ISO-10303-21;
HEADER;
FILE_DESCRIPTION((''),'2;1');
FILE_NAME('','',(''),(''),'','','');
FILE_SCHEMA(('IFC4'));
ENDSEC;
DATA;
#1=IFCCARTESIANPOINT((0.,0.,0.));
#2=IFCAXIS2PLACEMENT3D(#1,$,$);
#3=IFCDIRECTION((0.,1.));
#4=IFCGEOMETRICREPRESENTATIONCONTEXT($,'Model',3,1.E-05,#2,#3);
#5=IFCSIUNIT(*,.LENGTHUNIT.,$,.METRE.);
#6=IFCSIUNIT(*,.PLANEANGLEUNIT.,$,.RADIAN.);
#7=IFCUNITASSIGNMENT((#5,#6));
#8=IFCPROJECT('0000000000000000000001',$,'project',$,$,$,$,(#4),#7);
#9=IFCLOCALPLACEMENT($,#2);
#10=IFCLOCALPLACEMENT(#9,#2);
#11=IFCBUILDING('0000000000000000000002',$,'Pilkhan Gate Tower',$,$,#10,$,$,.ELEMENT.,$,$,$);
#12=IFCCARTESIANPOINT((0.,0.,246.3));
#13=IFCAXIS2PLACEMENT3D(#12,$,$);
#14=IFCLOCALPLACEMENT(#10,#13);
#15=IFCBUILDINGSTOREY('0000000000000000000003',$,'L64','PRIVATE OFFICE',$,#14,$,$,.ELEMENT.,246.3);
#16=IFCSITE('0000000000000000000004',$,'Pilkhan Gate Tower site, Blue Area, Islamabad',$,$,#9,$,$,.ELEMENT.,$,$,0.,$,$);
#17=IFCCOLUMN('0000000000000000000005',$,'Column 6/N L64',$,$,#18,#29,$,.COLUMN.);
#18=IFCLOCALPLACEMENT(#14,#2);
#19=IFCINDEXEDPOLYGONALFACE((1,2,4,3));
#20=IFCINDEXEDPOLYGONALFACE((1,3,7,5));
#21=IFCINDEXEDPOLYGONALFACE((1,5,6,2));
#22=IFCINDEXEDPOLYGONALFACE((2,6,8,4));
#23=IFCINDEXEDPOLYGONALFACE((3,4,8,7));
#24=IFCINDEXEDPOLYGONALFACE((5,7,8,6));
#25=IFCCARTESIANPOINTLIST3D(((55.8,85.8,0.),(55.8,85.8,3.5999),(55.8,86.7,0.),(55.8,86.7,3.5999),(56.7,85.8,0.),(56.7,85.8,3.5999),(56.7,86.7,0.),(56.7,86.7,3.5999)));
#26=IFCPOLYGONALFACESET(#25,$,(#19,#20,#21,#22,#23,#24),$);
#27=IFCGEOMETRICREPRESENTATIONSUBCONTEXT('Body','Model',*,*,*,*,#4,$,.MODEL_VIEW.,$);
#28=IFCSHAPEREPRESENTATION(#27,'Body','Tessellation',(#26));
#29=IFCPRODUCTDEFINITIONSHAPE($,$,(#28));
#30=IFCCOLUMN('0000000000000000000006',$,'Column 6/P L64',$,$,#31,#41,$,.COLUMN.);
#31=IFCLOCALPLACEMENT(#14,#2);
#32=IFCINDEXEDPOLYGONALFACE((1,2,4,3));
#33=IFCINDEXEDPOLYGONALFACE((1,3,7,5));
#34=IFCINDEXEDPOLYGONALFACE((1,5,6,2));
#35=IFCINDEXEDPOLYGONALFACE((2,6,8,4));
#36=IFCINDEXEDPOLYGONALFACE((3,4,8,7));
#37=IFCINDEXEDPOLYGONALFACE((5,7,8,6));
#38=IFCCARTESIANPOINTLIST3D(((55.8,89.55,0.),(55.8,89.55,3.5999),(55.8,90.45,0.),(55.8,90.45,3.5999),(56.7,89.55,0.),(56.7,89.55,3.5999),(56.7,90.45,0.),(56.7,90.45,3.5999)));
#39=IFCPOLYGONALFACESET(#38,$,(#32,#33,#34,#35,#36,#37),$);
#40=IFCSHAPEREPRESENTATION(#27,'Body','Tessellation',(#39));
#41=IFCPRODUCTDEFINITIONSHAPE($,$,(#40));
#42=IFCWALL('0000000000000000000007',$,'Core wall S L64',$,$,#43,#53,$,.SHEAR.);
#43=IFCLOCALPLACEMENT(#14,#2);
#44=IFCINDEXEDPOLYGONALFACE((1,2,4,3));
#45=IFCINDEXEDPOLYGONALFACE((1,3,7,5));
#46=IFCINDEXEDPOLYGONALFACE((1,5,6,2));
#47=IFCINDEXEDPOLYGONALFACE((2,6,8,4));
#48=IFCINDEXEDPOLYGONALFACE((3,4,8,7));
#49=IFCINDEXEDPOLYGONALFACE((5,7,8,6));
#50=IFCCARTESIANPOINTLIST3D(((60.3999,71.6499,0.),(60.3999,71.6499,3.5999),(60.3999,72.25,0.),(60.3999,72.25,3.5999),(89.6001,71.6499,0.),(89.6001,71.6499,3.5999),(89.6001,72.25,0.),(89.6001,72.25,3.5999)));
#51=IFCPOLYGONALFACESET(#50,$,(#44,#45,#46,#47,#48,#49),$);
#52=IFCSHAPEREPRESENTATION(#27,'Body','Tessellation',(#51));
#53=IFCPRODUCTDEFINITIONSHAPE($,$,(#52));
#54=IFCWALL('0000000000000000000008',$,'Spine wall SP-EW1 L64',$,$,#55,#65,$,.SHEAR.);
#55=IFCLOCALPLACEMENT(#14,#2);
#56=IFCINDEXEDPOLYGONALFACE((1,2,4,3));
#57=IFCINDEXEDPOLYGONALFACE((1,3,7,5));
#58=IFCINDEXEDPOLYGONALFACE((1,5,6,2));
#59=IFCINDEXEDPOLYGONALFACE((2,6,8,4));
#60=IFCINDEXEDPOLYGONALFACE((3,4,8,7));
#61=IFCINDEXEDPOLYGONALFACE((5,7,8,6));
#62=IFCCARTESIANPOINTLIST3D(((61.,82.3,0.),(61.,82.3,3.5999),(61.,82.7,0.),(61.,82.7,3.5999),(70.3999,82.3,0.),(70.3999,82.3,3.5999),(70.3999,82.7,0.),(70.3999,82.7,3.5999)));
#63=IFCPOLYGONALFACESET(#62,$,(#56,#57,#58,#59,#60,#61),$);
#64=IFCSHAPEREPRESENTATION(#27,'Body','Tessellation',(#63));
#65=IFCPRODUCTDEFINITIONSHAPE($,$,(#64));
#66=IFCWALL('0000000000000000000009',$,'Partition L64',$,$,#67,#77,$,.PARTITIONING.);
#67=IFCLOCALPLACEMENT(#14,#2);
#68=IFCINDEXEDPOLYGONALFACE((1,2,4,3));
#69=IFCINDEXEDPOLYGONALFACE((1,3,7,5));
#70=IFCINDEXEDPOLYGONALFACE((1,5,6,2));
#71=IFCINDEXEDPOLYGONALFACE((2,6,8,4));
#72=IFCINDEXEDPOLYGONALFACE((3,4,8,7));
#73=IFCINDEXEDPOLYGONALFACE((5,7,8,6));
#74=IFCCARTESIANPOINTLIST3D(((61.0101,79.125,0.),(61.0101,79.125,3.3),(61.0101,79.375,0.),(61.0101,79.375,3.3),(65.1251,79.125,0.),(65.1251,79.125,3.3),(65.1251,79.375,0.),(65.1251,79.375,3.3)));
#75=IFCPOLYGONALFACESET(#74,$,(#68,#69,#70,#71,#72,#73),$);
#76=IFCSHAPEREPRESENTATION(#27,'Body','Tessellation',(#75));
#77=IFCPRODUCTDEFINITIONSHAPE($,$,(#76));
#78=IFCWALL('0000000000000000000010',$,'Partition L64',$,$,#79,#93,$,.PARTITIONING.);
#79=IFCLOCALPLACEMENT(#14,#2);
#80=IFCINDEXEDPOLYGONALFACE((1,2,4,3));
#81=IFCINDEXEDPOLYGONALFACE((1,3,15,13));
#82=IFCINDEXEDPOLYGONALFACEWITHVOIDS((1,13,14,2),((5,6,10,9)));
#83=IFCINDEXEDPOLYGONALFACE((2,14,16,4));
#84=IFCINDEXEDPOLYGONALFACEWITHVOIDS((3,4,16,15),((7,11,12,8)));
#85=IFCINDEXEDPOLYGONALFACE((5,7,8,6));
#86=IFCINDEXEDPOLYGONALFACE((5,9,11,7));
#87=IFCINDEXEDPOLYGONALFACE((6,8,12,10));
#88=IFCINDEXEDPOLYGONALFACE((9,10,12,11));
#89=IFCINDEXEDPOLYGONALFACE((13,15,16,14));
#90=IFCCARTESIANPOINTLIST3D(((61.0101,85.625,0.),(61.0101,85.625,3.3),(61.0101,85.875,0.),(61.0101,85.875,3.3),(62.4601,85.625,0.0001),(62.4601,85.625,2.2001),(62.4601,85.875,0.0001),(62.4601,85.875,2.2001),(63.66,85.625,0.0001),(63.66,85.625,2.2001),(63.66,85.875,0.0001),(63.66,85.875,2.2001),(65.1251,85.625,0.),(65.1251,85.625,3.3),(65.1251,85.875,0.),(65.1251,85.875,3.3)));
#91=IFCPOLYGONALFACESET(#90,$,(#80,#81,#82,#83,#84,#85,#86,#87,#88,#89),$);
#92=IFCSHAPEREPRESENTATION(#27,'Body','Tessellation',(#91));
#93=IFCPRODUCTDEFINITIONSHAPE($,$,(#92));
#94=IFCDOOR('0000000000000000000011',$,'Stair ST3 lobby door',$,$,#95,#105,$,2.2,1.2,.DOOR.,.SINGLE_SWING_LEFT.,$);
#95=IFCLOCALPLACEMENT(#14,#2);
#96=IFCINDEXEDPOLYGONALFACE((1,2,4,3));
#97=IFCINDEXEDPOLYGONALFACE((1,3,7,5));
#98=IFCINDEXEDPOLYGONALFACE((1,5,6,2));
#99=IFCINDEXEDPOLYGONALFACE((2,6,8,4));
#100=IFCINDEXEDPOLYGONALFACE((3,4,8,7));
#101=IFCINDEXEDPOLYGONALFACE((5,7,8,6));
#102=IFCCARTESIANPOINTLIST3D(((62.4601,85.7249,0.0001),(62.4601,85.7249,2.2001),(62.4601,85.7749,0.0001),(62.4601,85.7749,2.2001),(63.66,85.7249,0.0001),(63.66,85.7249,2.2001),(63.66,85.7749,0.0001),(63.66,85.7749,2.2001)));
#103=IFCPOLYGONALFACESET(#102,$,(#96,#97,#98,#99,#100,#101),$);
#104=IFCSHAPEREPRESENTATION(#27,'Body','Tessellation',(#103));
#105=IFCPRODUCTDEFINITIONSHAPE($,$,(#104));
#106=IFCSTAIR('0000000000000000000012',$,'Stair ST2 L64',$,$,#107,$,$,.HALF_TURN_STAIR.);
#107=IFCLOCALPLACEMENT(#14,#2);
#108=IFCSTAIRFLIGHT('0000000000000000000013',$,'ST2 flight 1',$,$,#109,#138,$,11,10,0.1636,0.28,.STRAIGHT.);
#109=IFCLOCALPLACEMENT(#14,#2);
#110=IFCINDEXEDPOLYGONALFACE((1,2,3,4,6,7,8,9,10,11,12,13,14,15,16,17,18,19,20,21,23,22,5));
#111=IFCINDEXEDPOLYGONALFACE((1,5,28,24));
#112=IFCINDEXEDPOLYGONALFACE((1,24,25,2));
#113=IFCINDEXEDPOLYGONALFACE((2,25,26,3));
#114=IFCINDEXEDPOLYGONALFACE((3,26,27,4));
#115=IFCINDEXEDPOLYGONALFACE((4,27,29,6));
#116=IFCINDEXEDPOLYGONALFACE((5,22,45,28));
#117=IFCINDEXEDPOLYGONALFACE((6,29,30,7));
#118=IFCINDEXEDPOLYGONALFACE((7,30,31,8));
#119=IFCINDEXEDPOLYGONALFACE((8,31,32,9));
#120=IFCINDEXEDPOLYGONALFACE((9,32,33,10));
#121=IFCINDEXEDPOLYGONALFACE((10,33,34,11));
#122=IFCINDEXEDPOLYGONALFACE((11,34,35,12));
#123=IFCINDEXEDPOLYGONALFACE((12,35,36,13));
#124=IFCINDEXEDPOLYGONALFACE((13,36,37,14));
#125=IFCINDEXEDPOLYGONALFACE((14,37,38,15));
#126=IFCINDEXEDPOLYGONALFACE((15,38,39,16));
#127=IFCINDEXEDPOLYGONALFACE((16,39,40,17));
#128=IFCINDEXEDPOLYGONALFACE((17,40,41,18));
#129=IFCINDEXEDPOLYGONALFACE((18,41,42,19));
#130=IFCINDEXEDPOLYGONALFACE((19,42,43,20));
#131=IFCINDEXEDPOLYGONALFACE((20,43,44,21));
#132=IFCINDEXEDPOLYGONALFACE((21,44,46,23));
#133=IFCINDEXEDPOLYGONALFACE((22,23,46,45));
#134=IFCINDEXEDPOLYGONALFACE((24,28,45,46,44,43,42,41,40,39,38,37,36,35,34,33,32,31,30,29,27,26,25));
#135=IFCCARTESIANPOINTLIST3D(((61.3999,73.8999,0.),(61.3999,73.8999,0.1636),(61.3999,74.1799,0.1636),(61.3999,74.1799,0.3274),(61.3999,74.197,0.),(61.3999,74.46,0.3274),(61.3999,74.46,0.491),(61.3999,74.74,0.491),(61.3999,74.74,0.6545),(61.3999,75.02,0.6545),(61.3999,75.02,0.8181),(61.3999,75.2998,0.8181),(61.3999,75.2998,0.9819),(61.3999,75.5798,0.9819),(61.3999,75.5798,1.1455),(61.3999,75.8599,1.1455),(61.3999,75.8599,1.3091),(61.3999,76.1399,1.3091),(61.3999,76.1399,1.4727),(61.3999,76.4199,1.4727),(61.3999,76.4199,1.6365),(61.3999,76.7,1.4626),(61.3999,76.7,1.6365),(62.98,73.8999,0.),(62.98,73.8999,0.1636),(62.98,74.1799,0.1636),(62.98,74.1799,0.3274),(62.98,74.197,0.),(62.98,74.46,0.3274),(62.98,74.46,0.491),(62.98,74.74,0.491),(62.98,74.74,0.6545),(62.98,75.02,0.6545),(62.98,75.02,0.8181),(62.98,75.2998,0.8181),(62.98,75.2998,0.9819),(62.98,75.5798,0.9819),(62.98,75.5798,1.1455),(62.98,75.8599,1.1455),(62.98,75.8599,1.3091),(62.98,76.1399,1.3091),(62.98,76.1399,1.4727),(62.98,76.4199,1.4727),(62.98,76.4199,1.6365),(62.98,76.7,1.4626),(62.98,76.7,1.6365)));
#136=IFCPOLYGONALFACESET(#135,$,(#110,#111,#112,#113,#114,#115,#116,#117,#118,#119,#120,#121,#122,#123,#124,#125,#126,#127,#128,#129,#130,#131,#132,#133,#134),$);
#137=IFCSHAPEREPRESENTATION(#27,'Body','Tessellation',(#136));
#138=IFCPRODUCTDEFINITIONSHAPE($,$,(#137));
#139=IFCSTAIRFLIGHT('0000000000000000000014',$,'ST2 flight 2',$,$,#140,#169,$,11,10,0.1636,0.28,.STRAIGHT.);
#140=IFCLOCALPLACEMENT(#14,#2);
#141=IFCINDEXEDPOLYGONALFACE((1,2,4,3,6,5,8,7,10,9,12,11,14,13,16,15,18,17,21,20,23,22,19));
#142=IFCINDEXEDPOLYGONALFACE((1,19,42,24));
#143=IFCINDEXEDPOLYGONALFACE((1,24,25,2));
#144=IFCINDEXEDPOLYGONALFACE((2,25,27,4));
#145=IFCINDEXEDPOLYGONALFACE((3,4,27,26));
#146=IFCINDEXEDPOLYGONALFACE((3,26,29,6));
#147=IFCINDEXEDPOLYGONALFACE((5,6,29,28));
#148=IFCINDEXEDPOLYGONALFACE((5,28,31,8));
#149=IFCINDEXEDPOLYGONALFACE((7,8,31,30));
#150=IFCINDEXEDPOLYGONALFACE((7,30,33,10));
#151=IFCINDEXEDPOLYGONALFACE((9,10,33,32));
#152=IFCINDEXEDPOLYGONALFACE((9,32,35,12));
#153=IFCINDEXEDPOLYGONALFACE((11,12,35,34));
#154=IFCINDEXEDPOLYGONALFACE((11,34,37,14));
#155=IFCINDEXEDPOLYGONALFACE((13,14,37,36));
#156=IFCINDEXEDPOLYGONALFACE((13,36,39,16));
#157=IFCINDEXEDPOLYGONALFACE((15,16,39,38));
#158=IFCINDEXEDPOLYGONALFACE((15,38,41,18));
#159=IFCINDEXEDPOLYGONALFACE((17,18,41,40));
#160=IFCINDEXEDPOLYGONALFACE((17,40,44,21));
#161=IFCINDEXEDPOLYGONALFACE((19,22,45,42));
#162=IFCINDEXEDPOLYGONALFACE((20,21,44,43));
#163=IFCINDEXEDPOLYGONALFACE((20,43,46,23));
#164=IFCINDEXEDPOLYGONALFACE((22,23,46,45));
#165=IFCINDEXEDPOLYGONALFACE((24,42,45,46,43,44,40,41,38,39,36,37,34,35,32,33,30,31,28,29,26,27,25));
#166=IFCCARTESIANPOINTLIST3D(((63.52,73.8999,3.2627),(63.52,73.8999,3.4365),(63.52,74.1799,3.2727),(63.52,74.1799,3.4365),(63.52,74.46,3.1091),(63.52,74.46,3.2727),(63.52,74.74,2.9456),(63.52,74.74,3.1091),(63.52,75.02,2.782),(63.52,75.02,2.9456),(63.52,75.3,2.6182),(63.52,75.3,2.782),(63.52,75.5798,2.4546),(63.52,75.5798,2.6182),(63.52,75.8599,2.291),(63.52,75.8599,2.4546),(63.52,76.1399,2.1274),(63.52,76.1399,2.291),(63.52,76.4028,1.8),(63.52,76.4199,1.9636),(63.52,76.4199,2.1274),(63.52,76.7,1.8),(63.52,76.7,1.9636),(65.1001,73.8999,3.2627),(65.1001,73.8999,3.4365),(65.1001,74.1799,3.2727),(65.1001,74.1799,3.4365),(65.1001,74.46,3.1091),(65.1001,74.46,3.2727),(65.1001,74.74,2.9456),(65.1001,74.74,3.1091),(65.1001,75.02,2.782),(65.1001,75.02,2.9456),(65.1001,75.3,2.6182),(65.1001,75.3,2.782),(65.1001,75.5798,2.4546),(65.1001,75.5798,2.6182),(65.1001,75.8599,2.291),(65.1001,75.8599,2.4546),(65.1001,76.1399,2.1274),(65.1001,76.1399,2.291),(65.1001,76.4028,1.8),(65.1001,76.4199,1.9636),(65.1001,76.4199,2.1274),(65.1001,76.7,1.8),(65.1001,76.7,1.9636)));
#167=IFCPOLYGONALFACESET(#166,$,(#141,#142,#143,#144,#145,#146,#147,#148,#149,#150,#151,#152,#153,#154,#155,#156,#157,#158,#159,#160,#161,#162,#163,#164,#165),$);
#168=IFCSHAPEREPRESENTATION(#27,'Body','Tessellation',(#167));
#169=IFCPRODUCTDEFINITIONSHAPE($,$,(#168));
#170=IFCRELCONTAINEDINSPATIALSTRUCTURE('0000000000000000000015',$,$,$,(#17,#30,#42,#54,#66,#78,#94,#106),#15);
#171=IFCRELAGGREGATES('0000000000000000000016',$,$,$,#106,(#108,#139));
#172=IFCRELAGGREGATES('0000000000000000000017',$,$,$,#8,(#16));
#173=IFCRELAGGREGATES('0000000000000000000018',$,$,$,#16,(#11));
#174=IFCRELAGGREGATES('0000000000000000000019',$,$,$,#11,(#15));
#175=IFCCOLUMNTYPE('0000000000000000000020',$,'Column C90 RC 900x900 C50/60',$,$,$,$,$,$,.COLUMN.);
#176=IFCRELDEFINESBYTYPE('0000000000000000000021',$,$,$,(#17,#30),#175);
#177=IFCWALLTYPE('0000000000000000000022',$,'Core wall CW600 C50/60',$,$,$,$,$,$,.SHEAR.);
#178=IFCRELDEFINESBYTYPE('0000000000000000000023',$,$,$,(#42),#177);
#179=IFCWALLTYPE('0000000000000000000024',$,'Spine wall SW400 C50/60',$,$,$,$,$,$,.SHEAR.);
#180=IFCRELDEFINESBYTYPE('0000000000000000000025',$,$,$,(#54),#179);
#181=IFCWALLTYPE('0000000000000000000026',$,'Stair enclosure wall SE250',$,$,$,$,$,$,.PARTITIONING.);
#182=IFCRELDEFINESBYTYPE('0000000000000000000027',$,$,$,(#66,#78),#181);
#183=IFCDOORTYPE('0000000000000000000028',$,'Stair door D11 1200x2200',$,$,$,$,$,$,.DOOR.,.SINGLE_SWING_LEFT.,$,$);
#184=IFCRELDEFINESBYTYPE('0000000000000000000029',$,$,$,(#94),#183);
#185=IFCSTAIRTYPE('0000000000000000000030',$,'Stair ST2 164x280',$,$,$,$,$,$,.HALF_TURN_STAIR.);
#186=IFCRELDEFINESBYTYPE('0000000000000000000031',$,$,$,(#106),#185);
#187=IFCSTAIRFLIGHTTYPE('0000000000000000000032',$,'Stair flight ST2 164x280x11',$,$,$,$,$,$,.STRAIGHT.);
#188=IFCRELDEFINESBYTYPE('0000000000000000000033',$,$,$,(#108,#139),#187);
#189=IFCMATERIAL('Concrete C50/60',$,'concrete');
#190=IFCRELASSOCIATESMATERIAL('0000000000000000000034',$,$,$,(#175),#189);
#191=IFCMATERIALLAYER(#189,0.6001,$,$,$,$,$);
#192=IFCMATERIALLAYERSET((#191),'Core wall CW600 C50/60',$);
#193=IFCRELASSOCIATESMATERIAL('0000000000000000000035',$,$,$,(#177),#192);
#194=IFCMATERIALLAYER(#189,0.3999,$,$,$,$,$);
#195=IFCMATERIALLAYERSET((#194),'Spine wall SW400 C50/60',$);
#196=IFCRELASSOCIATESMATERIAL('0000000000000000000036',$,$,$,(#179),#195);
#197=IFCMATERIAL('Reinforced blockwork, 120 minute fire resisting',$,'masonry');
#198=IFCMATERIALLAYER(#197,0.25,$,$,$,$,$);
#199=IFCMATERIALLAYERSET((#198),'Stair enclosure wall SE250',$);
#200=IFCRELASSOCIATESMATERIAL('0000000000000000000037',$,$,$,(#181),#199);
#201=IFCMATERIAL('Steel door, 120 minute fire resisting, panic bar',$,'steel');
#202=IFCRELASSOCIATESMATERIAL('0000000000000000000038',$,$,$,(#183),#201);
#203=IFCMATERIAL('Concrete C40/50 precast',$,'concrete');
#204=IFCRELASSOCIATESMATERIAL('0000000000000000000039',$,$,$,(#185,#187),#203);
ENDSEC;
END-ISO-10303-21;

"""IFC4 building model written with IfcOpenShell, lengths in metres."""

from ifc_helpers import new_model, si_unit, direction, frame, frame_2d, origin, origin_2d, place, context, subcontext, project, spatial, polyline, rectangle, outline, extrude, material, layer, layer_set, material_profile, profile_set, type_object, element, fill, aggregate, save


model = new_model("IFC4")

# Units and contexts
model_context = context("Model", 3, precision=1e-05, world=origin(), true_north=direction((0.0, 1.0)))
body_context = subcontext(model_context, "Body", "Model", "MODEL_VIEW")
ifc_project = project(units=[si_unit("LENGTHUNIT", "METRE"), si_unit("PLANEANGLEUNIT", "RADIAN")], contexts=[model_context])

# Site, building, storey
site_placement = place(None, origin())
site = spatial("IfcSite", under=ifc_project, at=site_placement, Name="Pilkhan Gate Tower site, Blue Area, Islamabad", CompositionType="ELEMENT", RefElevation=0.0)
building_placement = place(site_placement, origin())
building = spatial("IfcBuilding", under=site, at=building_placement, Name="Pilkhan Gate Tower", CompositionType="ELEMENT")
storey_placement = place(building_placement, frame((0.0, 0.0, 246.3)))
storey = spatial("IfcBuildingStorey", under=building, at=storey_placement, Name="L64", Description="PRIVATE OFFICE", CompositionType="ELEMENT", Elevation=246.3)

# Columns
ifc_material_1 = material(Name="Concrete C50/60", Category="concrete")
ifc_material_profile = material_profile(ifc_material_1, rectangle(XDim=0.8999, YDim=0.8999, at=origin_2d()), Name="RC 900x900")
ifc_profile_set = profile_set([ifc_material_profile], Name="Concrete C50/60")
column_type = type_object("IfcColumnType", Name="Column C90 RC 900x900 C50/60", PredefinedType="COLUMN", material=ifc_profile_set)
for number, where, z_axis, x_axis, name in (
    (1, (56.25, 86.25, 0.0), (0.0, 0.0, 1.0), (1.0, 0.0, 0.0), "Column 6/N L64"),
    (2, (56.25, 90.0, 0.0), (0.0, 0.0, 1.0), (1.0, 0.0, 0.0), "Column 6/P L64"),
):
    element("IfcColumn", number, at=place(storey_placement, frame(where, z_axis=z_axis, x_axis=x_axis)), inside=storey, type_object=column_type, Name=name, PredefinedType="COLUMN", context=body_context, shape_type="SweptSolid", body=[
        extrude(rectangle(XDim=0.8999, YDim=0.8999, at=origin_2d()), origin(), (0.0, 0.0, 1.0), 3.5999),
    ])

# Walls
ifc_layer_1 = layer(ifc_material_1, 0.6001)
ifc_layer_set_1 = layer_set([ifc_layer_1], Name="Core wall CW600 C50/60")
wall_type_1 = type_object("IfcWallType", Name="Core wall CW600 C50/60", PredefinedType="SHEAR", material=ifc_layer_set_1)
wall_1_placement = place(storey_placement, frame((60.3999, 71.95, 0.0), z_axis=(0.0, 0.0, 1.0), x_axis=(1.0, 0.0, 0.0)))
element("IfcWall", 3, at=wall_1_placement, inside=storey, type_object=wall_type_1, Name="Core wall S L64", PredefinedType="SHEAR", context=body_context, shape_type="SweptSolid", body=[
    extrude(rectangle(XDim=29.2002, YDim=0.6001, at=frame_2d((14.6001, 0.0))), origin(), (0.0, 0.0, 1.0), 3.5999),
])
ifc_layer_2 = layer(ifc_material_1, 0.3999)
ifc_layer_set_2 = layer_set([ifc_layer_2], Name="Spine wall SW400 C50/60")
wall_type_2 = type_object("IfcWallType", Name="Spine wall SW400 C50/60", PredefinedType="SHEAR", material=ifc_layer_set_2)
wall_2_placement = place(storey_placement, frame((61.0, 82.5, 0.0), z_axis=(0.0, 0.0, 1.0), x_axis=(1.0, 0.0, 0.0)))
element("IfcWall", 4, at=wall_2_placement, inside=storey, type_object=wall_type_2, Name="Spine wall SP-EW1 L64", PredefinedType="SHEAR", context=body_context, shape_type="SweptSolid", body=[
    extrude(rectangle(XDim=9.3999, YDim=0.3999, at=frame_2d((4.7, 0.0))), origin(), (0.0, 0.0, 1.0), 3.5999),
])
ifc_material_2 = material(Name="Reinforced blockwork, 120 minute fire resisting", Category="masonry")
ifc_layer_3 = layer(ifc_material_2, 0.25)
ifc_layer_set_3 = layer_set([ifc_layer_3], Name="Stair enclosure wall SE250")
wall_type_3 = type_object("IfcWallType", Name="Stair enclosure wall SE250", PredefinedType="PARTITIONING", material=ifc_layer_set_3)
wall_3_placement = place(storey_placement, frame((61.01, 79.25, 0.0), z_axis=(0.0, 0.0, 1.0), x_axis=(1.0, 0.0, 0.0)))
element("IfcWall", 5, at=wall_3_placement, inside=storey, type_object=wall_type_3, Name="Partition L64", PredefinedType="PARTITIONING", context=body_context, shape_type="SweptSolid", body=[
    extrude(rectangle(XDim=4.115, YDim=0.25, at=frame_2d((2.0576, 0.0))), origin(), (0.0, 0.0, 1.0), 3.3),
])

# Wall, opening, door
wall_4_placement = place(storey_placement, frame((61.01, 85.75, 0.0), z_axis=(0.0, 0.0, 1.0), x_axis=(1.0, 0.0, 0.0)))
wall_4 = element("IfcWall", 6, at=wall_4_placement, inside=storey, type_object=wall_type_3, Name="Partition L64", PredefinedType="PARTITIONING", context=body_context, shape_type="SweptSolid", body=[
    extrude(rectangle(XDim=4.115, YDim=0.25, at=frame_2d((2.0576, 0.0))), origin(), (0.0, 0.0, 1.0), 3.3),
])
opening_placement = place(wall_4_placement, frame((1.45, 0.0, 0.0)))
opening = element("IfcOpeningElement", 7, at=opening_placement, cuts=wall_4, PredefinedType="OPENING", context=body_context, shape_type="SweptSolid", body=[
    extrude(rectangle(XDim=1.2, YDim=2.2, at=frame_2d((0.6001, 1.1001))), frame((0.0, 0.135, 0.0), z_axis=(0.0, -1.0, 0.0), x_axis=(1.0, 0.0, 0.0)), (0.0, 0.0, 1.0), 0.27),
])
ifc_material_3 = material(Name="Steel door, 120 minute fire resisting, panic bar", Category="steel")
door_type = type_object("IfcDoorType", Name="Stair door D11 1200x2200", OperationType="SINGLE_SWING_LEFT", PredefinedType="DOOR", material=ifc_material_3)
door_placement = place(opening_placement, origin())
door = element("IfcDoor", 8, at=door_placement, inside=storey, type_object=door_type, Name="Stair ST3 lobby door", OperationType="SINGLE_SWING_LEFT", OverallHeight=2.2, OverallWidth=1.2, PredefinedType="DOOR", context=body_context, shape_type="SweptSolid", body=[
    extrude(rectangle(XDim=1.2, YDim=2.2, at=frame_2d((0.6001, 1.1001))), frame((0.0, 0.0249, 0.0), z_axis=(0.0, -1.0, 0.0), x_axis=(1.0, 0.0, 0.0)), (0.0, 0.0, 1.0), 0.05),
])
fill(opening, door)

# Stair, stair flights
ifc_material_4 = material(Name="Concrete C40/50 precast", Category="concrete")
stair_type_1 = type_object("IfcStairType", Name="Stair ST2 164x280", PredefinedType="HALF_TURN_STAIR", material=ifc_material_4)
stair_1_placement = place(storey_placement, origin())
stair_1 = element("IfcStair", 9, at=stair_1_placement, inside=storey, type_object=stair_type_1, Name="Stair ST2 L64", PredefinedType="HALF_TURN_STAIR")
stair_flight_type_1 = type_object("IfcStairFlightType", Name="Stair flight ST2 164x280x11", PredefinedType="STRAIGHT", material=ifc_material_4)
stair_flight_1_placement = place(storey_placement, frame((62.1899, 73.8999, 0.0), z_axis=(0.0, 0.0, 1.0), x_axis=(0.0, 1.0, 0.0)))
stair_flight_1 = element("IfcStairFlight", 10, at=stair_flight_1_placement, type_object=stair_flight_type_1, Name="ST2 flight 1", NumberOfRisers=11, NumberOfTreads=10, PredefinedType="STRAIGHT", RiserHeight=0.1636, TreadLength=0.28, context=body_context, shape_type="SweptSolid", body=[
    extrude(outline(polyline([(0.0, 0.0), (0.0, 0.1636), (0.28, 0.1636), (0.28, 0.3274), (0.5601, 0.3274), (0.5601, 0.491), (0.8401, 0.491), (0.8401, 0.6545), (1.1201, 0.6545), (1.1201, 0.8181), (1.3999, 0.8181), (1.3999, 0.9819), (1.6799, 0.9819), (1.6799, 1.1455), (1.96, 1.1455), (1.96, 1.3091), (2.24, 1.3091), (2.24, 1.4727), (2.52, 1.4727), (2.52, 1.6365), (2.8, 1.6365), (2.8, 1.8), (2.8, 1.4626), (0.2971, 0.0), (0.0, 0.0)])), frame((0.0, 0.79, 0.0), z_axis=(0.0, -1.0, 0.0), x_axis=(1.0, 0.0, 0.0)), (0.0, 0.0, 1.0), 1.5801),
])
stair_flight_2_placement = place(storey_placement, frame((64.3101, 76.7, 1.8), z_axis=(0.0, 0.0, 1.0), x_axis=(0.0, -1.0, 0.0)))
stair_flight_2 = element("IfcStairFlight", 11, at=stair_flight_2_placement, type_object=stair_flight_type_1, Name="ST2 flight 2", NumberOfRisers=11, NumberOfTreads=10, PredefinedType="STRAIGHT", RiserHeight=0.1636, TreadLength=0.28, context=body_context, shape_type="SweptSolid", body=[
    extrude(outline(polyline([(0.0, 0.0), (0.0, 0.1636), (0.28, 0.1636), (0.28, 0.3274), (0.5601, 0.3274), (0.5601, 0.491), (0.8401, 0.491), (0.8401, 0.6545), (1.1201, 0.6545), (1.1201, 0.8181), (1.3999, 0.8181), (1.3999, 0.9819), (1.6799, 0.9819), (1.6799, 1.1455), (1.96, 1.1455), (1.96, 1.3091), (2.24, 1.3091), (2.24, 1.4727), (2.52, 1.4727), (2.52, 1.6365), (2.8, 1.6365), (2.8, 1.8), (2.8, 1.4626), (0.2971, 0.0), (0.0, 0.0)])), frame((0.0, 0.79, 0.0), z_axis=(0.0, -1.0, 0.0), x_axis=(1.0, 0.0, 0.0)), (0.0, 0.0, 1.0), 1.5801),
])
aggregate(stair_1, [stair_flight_1, stair_flight_2])

save(model, "model.ifc")
